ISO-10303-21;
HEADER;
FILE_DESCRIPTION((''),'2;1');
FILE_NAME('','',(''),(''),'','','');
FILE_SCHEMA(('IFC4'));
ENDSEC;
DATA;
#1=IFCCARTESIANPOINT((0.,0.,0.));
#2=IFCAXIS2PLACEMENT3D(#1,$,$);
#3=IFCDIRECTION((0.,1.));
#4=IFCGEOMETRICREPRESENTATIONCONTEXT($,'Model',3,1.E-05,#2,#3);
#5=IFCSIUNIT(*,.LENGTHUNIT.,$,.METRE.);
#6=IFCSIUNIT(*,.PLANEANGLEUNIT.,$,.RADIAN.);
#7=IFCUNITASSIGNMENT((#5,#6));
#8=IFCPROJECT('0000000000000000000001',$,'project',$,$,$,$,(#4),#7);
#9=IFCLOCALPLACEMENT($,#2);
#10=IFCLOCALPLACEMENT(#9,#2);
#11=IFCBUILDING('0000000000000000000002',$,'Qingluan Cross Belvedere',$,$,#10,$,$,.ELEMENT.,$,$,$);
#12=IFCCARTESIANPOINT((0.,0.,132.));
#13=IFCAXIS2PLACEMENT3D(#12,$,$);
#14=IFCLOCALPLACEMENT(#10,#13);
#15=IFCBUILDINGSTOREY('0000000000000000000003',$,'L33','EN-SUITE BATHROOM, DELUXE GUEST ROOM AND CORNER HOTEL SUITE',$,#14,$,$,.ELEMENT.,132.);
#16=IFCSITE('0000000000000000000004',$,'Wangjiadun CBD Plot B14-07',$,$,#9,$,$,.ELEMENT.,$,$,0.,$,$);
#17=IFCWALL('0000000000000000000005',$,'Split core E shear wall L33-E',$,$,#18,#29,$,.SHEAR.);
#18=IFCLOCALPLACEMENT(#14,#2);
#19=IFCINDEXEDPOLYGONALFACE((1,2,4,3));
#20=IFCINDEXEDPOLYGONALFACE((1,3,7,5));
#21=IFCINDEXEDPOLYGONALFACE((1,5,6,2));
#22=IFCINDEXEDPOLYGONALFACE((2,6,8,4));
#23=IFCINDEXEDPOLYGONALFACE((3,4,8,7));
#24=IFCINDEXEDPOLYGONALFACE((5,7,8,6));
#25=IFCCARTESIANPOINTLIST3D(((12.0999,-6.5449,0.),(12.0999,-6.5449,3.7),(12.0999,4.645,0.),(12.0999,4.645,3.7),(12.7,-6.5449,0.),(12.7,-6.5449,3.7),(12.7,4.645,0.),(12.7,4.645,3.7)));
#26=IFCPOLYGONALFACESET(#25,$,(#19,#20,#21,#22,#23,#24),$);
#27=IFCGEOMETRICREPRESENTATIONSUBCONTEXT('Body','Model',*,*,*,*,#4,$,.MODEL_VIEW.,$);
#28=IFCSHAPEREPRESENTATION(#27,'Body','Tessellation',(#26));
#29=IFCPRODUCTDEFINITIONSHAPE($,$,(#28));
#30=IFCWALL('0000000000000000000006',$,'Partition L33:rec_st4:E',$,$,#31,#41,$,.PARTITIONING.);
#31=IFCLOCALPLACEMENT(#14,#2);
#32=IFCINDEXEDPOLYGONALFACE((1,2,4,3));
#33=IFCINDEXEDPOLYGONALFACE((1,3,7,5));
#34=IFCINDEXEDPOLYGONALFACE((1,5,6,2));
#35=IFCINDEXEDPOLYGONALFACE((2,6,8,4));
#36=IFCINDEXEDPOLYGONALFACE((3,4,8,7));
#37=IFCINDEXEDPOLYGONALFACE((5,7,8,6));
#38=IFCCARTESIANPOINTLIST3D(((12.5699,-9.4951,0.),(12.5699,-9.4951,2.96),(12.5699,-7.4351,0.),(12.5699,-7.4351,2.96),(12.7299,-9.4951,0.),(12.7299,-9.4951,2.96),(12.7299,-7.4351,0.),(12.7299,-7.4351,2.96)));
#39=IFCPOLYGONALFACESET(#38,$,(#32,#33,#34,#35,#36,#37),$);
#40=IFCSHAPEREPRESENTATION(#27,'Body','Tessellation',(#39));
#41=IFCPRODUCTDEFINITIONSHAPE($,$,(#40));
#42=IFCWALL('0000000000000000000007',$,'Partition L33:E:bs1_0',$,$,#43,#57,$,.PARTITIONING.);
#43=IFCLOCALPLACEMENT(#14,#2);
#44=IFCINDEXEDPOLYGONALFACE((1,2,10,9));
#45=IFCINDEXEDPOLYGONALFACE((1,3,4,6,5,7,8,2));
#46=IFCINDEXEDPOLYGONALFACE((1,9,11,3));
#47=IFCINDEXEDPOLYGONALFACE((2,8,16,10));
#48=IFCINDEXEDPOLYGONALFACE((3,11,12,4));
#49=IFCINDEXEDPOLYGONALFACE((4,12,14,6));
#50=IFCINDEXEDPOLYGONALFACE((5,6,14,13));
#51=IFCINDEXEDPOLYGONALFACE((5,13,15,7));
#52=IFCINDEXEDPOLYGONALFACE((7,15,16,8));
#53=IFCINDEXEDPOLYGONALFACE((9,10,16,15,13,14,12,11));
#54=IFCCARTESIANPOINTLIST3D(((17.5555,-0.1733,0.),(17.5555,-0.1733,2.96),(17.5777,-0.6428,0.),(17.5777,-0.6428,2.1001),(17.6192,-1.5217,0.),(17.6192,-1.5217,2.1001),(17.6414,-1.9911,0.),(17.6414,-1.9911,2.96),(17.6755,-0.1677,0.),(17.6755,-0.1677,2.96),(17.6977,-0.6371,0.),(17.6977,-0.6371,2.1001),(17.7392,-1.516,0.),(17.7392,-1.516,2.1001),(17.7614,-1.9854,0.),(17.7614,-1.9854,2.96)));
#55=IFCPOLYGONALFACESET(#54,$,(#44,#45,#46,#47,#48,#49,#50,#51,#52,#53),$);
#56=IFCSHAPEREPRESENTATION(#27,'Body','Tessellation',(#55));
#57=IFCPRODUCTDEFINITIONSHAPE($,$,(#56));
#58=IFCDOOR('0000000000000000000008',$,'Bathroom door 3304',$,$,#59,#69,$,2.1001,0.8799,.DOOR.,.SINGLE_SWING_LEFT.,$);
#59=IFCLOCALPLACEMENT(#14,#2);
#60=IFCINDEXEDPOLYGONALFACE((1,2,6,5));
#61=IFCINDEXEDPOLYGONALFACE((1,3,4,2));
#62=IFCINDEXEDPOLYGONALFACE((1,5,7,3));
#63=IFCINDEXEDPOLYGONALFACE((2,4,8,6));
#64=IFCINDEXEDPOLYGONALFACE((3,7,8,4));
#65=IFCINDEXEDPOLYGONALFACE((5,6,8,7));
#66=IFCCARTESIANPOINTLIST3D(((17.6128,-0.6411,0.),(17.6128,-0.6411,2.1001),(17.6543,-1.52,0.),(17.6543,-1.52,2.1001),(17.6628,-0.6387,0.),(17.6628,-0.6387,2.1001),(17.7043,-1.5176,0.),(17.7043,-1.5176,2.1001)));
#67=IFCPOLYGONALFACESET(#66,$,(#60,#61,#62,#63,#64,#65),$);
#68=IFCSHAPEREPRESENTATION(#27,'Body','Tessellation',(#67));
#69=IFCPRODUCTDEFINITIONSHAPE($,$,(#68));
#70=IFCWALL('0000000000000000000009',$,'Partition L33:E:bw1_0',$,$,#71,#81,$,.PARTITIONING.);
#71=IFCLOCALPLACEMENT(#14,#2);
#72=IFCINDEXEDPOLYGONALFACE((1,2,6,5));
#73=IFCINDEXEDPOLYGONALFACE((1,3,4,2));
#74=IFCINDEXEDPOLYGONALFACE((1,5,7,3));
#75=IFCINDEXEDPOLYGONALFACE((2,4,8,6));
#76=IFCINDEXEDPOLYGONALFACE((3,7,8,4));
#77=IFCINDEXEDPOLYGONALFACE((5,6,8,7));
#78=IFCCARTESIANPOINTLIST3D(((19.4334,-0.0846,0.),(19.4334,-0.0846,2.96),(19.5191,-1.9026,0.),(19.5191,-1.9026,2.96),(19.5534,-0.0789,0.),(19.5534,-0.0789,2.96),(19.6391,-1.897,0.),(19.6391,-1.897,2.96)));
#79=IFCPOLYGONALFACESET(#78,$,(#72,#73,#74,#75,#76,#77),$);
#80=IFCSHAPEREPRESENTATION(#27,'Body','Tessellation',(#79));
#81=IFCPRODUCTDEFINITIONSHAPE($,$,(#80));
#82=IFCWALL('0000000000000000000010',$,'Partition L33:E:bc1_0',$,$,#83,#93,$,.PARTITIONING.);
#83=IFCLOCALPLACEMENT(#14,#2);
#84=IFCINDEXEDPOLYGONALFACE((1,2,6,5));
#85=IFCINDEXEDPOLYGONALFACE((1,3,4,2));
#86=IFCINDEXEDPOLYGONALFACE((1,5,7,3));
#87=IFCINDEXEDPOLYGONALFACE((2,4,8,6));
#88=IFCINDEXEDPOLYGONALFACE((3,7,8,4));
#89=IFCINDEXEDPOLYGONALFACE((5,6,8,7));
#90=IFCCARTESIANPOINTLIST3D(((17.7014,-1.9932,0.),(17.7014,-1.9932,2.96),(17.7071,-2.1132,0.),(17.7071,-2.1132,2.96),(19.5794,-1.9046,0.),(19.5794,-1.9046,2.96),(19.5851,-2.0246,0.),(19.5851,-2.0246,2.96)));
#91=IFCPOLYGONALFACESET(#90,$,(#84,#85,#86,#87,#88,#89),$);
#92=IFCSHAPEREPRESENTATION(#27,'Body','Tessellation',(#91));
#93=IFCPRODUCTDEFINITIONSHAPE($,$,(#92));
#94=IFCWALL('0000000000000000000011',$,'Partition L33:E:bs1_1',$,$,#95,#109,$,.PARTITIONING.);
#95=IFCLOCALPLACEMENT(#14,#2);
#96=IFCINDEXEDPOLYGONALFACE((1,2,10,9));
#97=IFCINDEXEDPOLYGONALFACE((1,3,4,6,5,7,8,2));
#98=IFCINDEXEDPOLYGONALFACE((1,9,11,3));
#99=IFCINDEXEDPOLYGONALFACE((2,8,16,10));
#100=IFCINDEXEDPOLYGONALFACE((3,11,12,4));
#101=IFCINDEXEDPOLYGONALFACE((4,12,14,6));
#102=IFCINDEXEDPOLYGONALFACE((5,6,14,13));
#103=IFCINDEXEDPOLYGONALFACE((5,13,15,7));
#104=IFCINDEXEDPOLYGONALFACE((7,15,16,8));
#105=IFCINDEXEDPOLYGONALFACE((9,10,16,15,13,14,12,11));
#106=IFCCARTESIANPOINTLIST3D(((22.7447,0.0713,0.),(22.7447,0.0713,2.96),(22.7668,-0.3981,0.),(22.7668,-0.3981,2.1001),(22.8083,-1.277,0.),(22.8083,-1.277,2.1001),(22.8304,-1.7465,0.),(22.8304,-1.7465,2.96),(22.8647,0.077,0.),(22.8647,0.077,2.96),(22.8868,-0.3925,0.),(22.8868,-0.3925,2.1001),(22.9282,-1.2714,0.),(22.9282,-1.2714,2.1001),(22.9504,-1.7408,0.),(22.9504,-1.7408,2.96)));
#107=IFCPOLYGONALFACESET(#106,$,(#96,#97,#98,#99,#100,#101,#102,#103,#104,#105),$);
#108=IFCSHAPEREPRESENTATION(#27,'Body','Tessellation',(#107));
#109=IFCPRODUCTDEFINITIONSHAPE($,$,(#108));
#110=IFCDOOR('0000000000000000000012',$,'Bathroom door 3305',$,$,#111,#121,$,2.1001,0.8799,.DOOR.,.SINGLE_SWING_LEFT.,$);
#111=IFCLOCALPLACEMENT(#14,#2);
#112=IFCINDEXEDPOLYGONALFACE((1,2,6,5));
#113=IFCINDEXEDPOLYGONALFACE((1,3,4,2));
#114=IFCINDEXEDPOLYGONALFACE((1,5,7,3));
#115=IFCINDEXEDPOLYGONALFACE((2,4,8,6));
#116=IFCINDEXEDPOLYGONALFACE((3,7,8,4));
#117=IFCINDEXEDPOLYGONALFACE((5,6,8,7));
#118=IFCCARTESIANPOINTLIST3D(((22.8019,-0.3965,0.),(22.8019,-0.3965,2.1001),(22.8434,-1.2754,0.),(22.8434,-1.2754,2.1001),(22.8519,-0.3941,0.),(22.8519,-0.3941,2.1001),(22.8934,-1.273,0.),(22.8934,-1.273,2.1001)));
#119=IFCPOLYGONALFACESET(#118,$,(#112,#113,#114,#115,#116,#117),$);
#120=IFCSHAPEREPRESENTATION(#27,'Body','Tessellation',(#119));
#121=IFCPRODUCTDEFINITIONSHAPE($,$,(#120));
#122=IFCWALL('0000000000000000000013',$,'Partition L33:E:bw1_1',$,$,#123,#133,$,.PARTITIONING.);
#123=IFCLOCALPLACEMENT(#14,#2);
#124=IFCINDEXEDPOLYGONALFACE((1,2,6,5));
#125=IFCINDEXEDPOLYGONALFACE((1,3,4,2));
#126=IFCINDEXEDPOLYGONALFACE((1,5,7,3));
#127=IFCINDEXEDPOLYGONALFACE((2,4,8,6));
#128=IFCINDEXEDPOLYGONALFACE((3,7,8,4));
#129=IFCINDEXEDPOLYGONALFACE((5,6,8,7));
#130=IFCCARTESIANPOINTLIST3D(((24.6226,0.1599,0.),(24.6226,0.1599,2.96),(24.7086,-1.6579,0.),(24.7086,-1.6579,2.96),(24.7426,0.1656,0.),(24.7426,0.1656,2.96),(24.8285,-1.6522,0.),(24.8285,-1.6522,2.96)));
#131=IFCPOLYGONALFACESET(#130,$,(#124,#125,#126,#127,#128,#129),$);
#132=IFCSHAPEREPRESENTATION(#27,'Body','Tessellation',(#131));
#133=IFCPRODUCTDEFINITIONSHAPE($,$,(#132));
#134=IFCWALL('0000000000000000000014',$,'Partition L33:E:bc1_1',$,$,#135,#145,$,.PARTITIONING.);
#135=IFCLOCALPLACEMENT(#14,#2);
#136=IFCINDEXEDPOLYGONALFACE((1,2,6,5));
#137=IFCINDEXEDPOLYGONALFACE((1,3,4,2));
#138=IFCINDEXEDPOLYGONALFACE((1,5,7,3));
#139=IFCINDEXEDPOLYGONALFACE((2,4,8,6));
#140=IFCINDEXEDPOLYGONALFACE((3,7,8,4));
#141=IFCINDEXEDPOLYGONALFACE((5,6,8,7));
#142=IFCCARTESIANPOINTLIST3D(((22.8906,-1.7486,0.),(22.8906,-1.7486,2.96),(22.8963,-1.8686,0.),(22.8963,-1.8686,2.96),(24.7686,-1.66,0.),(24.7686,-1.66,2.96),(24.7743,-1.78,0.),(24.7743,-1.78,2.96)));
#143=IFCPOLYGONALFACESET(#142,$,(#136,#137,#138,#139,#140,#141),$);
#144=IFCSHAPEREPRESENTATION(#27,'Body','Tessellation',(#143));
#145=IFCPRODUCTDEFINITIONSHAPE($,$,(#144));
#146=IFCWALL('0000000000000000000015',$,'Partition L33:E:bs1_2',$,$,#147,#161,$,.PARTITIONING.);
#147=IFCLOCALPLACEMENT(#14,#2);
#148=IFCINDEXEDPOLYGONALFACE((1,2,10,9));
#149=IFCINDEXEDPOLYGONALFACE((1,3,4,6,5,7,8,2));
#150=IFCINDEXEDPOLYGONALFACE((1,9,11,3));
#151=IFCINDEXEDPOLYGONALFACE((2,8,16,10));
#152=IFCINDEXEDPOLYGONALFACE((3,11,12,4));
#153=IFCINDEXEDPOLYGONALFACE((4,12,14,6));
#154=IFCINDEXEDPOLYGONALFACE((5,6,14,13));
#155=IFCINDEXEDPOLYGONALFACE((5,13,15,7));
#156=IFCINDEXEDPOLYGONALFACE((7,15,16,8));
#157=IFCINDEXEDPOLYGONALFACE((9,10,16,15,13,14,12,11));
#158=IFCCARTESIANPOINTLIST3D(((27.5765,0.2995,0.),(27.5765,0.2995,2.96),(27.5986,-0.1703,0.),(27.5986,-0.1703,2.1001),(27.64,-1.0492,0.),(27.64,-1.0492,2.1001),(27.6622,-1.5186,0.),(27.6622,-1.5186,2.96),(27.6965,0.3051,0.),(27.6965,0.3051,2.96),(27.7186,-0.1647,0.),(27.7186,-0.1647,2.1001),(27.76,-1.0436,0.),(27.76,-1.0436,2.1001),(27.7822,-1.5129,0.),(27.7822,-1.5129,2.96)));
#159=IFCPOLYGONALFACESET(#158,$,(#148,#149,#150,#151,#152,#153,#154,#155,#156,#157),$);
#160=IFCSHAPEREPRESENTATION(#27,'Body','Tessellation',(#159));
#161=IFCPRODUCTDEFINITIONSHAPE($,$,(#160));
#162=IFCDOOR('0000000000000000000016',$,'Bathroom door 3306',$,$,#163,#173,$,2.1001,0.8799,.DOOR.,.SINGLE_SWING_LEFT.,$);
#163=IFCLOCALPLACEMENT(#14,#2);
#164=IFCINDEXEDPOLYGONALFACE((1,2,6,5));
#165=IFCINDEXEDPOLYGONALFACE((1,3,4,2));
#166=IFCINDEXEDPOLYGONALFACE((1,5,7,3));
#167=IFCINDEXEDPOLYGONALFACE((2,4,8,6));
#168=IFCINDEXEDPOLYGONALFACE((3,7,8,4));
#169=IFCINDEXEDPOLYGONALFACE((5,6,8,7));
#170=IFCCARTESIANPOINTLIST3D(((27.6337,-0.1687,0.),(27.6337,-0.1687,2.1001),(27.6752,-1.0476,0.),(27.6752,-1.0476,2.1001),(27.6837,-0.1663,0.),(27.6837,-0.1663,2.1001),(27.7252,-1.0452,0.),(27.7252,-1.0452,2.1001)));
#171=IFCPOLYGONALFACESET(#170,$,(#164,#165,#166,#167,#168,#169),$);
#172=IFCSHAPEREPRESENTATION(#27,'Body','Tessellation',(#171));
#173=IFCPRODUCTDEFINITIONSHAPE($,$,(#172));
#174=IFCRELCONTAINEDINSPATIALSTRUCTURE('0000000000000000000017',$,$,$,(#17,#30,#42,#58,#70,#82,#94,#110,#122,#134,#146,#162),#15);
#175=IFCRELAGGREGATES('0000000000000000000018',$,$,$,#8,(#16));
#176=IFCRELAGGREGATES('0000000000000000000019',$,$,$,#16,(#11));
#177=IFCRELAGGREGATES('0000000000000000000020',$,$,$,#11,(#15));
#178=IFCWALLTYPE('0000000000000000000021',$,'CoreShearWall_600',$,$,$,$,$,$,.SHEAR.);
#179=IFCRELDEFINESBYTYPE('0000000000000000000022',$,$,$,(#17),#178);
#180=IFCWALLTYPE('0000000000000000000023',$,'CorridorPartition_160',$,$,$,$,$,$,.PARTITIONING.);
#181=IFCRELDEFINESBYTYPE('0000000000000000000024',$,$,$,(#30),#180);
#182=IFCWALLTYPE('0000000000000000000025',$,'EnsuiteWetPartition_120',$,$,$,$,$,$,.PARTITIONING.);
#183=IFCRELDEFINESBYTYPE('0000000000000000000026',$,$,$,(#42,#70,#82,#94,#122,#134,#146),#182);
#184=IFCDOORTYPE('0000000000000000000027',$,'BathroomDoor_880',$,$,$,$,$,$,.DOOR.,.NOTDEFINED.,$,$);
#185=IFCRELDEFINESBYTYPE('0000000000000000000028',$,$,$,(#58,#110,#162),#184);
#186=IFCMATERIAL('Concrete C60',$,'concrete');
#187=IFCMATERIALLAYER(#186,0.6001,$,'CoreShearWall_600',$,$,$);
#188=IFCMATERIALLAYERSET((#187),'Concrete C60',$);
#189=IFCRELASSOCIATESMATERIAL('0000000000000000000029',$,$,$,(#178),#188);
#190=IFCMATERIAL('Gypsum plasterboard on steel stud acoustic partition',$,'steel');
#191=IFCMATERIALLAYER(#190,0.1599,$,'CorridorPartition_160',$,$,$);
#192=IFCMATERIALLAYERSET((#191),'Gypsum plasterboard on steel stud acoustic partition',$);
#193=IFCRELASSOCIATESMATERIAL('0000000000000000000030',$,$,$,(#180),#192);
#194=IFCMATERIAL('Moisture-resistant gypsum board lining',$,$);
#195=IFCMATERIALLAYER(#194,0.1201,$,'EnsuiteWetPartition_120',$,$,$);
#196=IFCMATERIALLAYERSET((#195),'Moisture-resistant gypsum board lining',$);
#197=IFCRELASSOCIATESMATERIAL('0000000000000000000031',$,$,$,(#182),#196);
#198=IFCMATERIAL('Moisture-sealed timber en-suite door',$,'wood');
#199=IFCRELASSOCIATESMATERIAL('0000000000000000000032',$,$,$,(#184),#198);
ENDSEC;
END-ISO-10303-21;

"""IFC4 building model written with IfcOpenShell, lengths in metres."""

from ifc_helpers import new_model, si_unit, direction, frame, frame_2d, origin, place, context, subcontext, project, spatial, rectangle, extrude, material, layer, layer_set, type_object, element, fill, save


model = new_model("IFC4")

# Units and contexts
model_context = context("Model", 3, precision=1e-05, world=origin(), true_north=direction((0.0, 1.0)))
body_context = subcontext(model_context, "Body", "Model", "MODEL_VIEW")
ifc_project = project(units=[si_unit("LENGTHUNIT", "METRE"), si_unit("PLANEANGLEUNIT", "RADIAN")], contexts=[model_context])

# Site, building, storey
site_placement = place(None, origin())
site = spatial("IfcSite", under=ifc_project, at=site_placement, Name="Wangjiadun CBD Plot B14-07", CompositionType="ELEMENT", RefElevation=0.0)
building_placement = place(site_placement, origin())
building = spatial("IfcBuilding", under=site, at=building_placement, Name="Qingluan Cross Belvedere", CompositionType="ELEMENT")
storey_placement = place(building_placement, frame((0.0, 0.0, 132.0)))
storey = spatial("IfcBuildingStorey", under=building, at=storey_placement, Name="L33", Description="EN-SUITE BATHROOM, DELUXE GUEST ROOM AND CORNER HOTEL SUITE", CompositionType="ELEMENT", Elevation=132.0)

# Walls
ifc_material_1 = material(Name="Concrete C60", Category="concrete")
ifc_layer_1 = layer(ifc_material_1, 0.6001, Name="CoreShearWall_600")
ifc_layer_set_1 = layer_set([ifc_layer_1], Name="Concrete C60")
wall_type_1 = type_object("IfcWallType", Name="CoreShearWall_600", PredefinedType="SHEAR", material=ifc_layer_set_1)
wall_1_placement = place(storey_placement, frame((12.3999, -6.5449, 0.0), z_axis=(0.0, 0.0, 1.0), x_axis=(0.0, 1.0, 0.0)))
element("IfcWall", 1, at=wall_1_placement, inside=storey, type_object=wall_type_1, Name="Split core E shear wall L33-E", PredefinedType="SHEAR", context=body_context, shape_type="SweptSolid", body=[
    extrude(rectangle(XDim=11.1899, YDim=0.6001, at=frame_2d((5.595, 0.0))), origin(), (0.0, 0.0, 1.0), 3.7),
])
ifc_material_2 = material(Name="Gypsum plasterboard on steel stud acoustic partition", Category="steel")
ifc_layer_2 = layer(ifc_material_2, 0.1599, Name="CorridorPartition_160")
ifc_layer_set_2 = layer_set([ifc_layer_2], Name="Gypsum plasterboard on steel stud acoustic partition")
wall_type_2 = type_object("IfcWallType", Name="CorridorPartition_160", PredefinedType="PARTITIONING", material=ifc_layer_set_2)
wall_2_placement = place(storey_placement, frame((12.6499, -9.4951, 0.0), z_axis=(0.0, 0.0, 1.0), x_axis=(0.0, 1.0, 0.0)))
element("IfcWall", 2, at=wall_2_placement, inside=storey, type_object=wall_type_2, Name="Partition L33:rec_st4:E", PredefinedType="PARTITIONING", context=body_context, shape_type="SweptSolid", body=[
    extrude(rectangle(XDim=2.0601, YDim=0.1599, at=frame_2d((1.03, 0.0))), origin(), (0.0, 0.0, 1.0), 2.96),
])

# Wall, opening, door
ifc_material_3 = material(Name="Moisture-resistant gypsum board lining")
ifc_layer_3 = layer(ifc_material_3, 0.1201, Name="EnsuiteWetPartition_120")
ifc_layer_set_3 = layer_set([ifc_layer_3], Name="Moisture-resistant gypsum board lining")
wall_type_3 = type_object("IfcWallType", Name="EnsuiteWetPartition_120", PredefinedType="PARTITIONING", material=ifc_layer_set_3)
wall_3_placement = place(storey_placement, frame((17.7014, -1.9883, 0.0), z_axis=(0.0, 0.0, 1.0), x_axis=(-0.047221, 0.998884, 0.0)))
wall_3 = element("IfcWall", 3, at=wall_3_placement, inside=storey, type_object=wall_type_3, Name="Partition L33:E:bs1_0", PredefinedType="PARTITIONING", context=body_context, shape_type="SweptSolid", body=[
    extrude(rectangle(XDim=1.8198, YDim=0.1201, at=frame_2d((0.9099, 0.0))), origin(), (0.0, 0.0, 1.0), 2.96),
])
opening_1_placement = place(wall_3_placement, frame((0.47, 0.0, 0.0)))
opening_1 = element("IfcOpeningElement", 4, at=opening_1_placement, cuts=wall_3, PredefinedType="OPENING", context=body_context, shape_type="SweptSolid", body=[
    extrude(rectangle(XDim=0.8799, YDim=2.1001, at=frame_2d((0.4399, 1.05))), frame((0.0, 0.0701, 0.0), z_axis=(0.0, -1.0, 0.0), x_axis=(1.0, 0.0, 0.0)), (0.0, 0.0, 1.0), 0.1401),
])
ifc_material_4 = material(Name="Moisture-sealed timber en-suite door", Category="wood")
door_type = type_object("IfcDoorType", Name="BathroomDoor_880", OperationType="NOTDEFINED", PredefinedType="DOOR", material=ifc_material_4)
door_1_placement = place(opening_1_placement, origin())
door_1 = element("IfcDoor", 5, at=door_1_placement, inside=storey, type_object=door_type, Name="Bathroom door 3304", OperationType="SINGLE_SWING_LEFT", OverallHeight=2.1001, OverallWidth=0.8799, PredefinedType="DOOR", context=body_context, shape_type="SweptSolid", body=[
    extrude(rectangle(XDim=0.8799, YDim=2.1001, at=frame_2d((0.4399, 1.05))), frame((0.0, 0.0249, 0.0), z_axis=(0.0, -1.0, 0.0), x_axis=(1.0, 0.0, 0.0)), (0.0, 0.0, 1.0), 0.05),
])
fill(opening_1, door_1)

# Walls
wall_4_placement = place(storey_placement, frame((19.5791, -1.8999, 0.0), z_axis=(0.0, 0.0, 1.0), x_axis=(-0.047081, 0.998891, 0.0)))
element("IfcWall", 6, at=wall_4_placement, inside=storey, type_object=wall_type_3, Name="Partition L33:E:bw1_0", PredefinedType="PARTITIONING", context=body_context, shape_type="SweptSolid", body=[
    extrude(rectangle(XDim=1.8201, YDim=0.1201, at=frame_2d((0.9102, 0.0))), origin(), (0.0, 0.0, 1.0), 2.96),
])
wall_5_placement = place(storey_placement, frame((17.7043, -2.0532, 0.0), z_axis=(0.0, 0.0, 1.0), x_axis=(0.998888, 0.047139, 0.0)))
element("IfcWall", 7, at=wall_5_placement, inside=storey, type_object=wall_type_3, Name="Partition L33:E:bc1_0", PredefinedType="PARTITIONING", context=body_context, shape_type="SweptSolid", body=[
    extrude(rectangle(XDim=1.8801, YDim=0.1201, at=frame_2d((0.9399, 0.0))), origin(), (0.0, 0.0, 1.0), 2.96),
])

# Wall, opening, door
wall_6_placement = place(storey_placement, frame((22.8904, -1.7437, 0.0), z_axis=(0.0, 0.0, 1.0), x_axis=(-0.047087, 0.998891, 0.0)))
wall_6 = element("IfcWall", 8, at=wall_6_placement, inside=storey, type_object=wall_type_3, Name="Partition L33:E:bs1_1", PredefinedType="PARTITIONING", context=body_context, shape_type="SweptSolid", body=[
    extrude(rectangle(XDim=1.8198, YDim=0.1201, at=frame_2d((0.9099, 0.0))), origin(), (0.0, 0.0, 1.0), 2.96),
])
opening_2_placement = place(wall_6_placement, frame((0.47, 0.0, 0.0)))
opening_2 = element("IfcOpeningElement", 9, at=opening_2_placement, cuts=wall_6, PredefinedType="OPENING", context=body_context, shape_type="SweptSolid", body=[
    extrude(rectangle(XDim=0.8799, YDim=2.1001, at=frame_2d((0.4399, 1.05))), frame((0.0, 0.0701, 0.0), z_axis=(0.0, -1.0, 0.0), x_axis=(1.0, 0.0, 0.0)), (0.0, 0.0, 1.0), 0.1401),
])
door_2_placement = place(opening_2_placement, origin())
door_2 = element("IfcDoor", 10, at=door_2_placement, inside=storey, type_object=door_type, Name="Bathroom door 3305", OperationType="SINGLE_SWING_LEFT", OverallHeight=2.1001, OverallWidth=0.8799, PredefinedType="DOOR", context=body_context, shape_type="SweptSolid", body=[
    extrude(rectangle(XDim=0.8799, YDim=2.1001, at=frame_2d((0.4399, 1.05))), frame((0.0, 0.0249, 0.0), z_axis=(0.0, -1.0, 0.0), x_axis=(1.0, 0.0, 0.0)), (0.0, 0.0, 1.0), 0.05),
])
fill(opening_2, door_2)

# Walls
wall_7_placement = place(storey_placement, frame((24.7686, -1.655, 0.0), z_axis=(0.0, 0.0, 1.0), x_axis=(-0.047221, 0.998884, 0.0)))
element("IfcWall", 11, at=wall_7_placement, inside=storey, type_object=wall_type_3, Name="Partition L33:E:bw1_1", PredefinedType="PARTITIONING", context=body_context, shape_type="SweptSolid", body=[
    extrude(rectangle(XDim=1.8198, YDim=0.1201, at=frame_2d((0.9099, 0.0))), origin(), (0.0, 0.0, 1.0), 2.96),
])
wall_8_placement = place(storey_placement, frame((22.8936, -1.8086, 0.0), z_axis=(0.0, 0.0, 1.0), x_axis=(0.998888, 0.047139, 0.0)))
element("IfcWall", 12, at=wall_8_placement, inside=storey, type_object=wall_type_3, Name="Partition L33:E:bc1_1", PredefinedType="PARTITIONING", context=body_context, shape_type="SweptSolid", body=[
    extrude(rectangle(XDim=1.8801, YDim=0.1201, at=frame_2d((0.9399, 0.0))), origin(), (0.0, 0.0, 1.0), 2.96),
])

# Wall, opening, door
wall_9_placement = place(storey_placement, frame((27.7222, -1.5159, 0.0), z_axis=(0.0, 0.0, 1.0), x_axis=(-0.047081, 0.998891, 0.0)))
wall_9 = element("IfcWall", 13, at=wall_9_placement, inside=storey, type_object=wall_type_3, Name="Partition L33:E:bs1_2", PredefinedType="PARTITIONING", context=body_context, shape_type="SweptSolid", body=[
    extrude(rectangle(XDim=1.8201, YDim=0.1201, at=frame_2d((0.9102, 0.0))), origin(), (0.0, 0.0, 1.0), 2.96),
])
opening_3_placement = place(wall_9_placement, frame((0.47, 0.0, 0.0)))
opening_3 = element("IfcOpeningElement", 14, at=opening_3_placement, cuts=wall_9, PredefinedType="OPENING", context=body_context, shape_type="SweptSolid", body=[
    extrude(rectangle(XDim=0.8799, YDim=2.1001, at=frame_2d((0.4399, 1.05))), frame((0.0, 0.0701, 0.0), z_axis=(0.0, -1.0, 0.0), x_axis=(1.0, 0.0, 0.0)), (0.0, 0.0, 1.0), 0.1401),
])
door_3_placement = place(opening_3_placement, origin())
door_3 = element("IfcDoor", 15, at=door_3_placement, inside=storey, type_object=door_type, Name="Bathroom door 3306", OperationType="SINGLE_SWING_LEFT", OverallHeight=2.1001, OverallWidth=0.8799, PredefinedType="DOOR", context=body_context, shape_type="SweptSolid", body=[
    extrude(rectangle(XDim=0.8799, YDim=2.1001, at=frame_2d((0.4399, 1.05))), frame((0.0, 0.0249, 0.0), z_axis=(0.0, -1.0, 0.0), x_axis=(1.0, 0.0, 0.0)), (0.0, 0.0, 1.0), 0.05),
])
fill(opening_3, door_3)

save(model, "model.ifc")
